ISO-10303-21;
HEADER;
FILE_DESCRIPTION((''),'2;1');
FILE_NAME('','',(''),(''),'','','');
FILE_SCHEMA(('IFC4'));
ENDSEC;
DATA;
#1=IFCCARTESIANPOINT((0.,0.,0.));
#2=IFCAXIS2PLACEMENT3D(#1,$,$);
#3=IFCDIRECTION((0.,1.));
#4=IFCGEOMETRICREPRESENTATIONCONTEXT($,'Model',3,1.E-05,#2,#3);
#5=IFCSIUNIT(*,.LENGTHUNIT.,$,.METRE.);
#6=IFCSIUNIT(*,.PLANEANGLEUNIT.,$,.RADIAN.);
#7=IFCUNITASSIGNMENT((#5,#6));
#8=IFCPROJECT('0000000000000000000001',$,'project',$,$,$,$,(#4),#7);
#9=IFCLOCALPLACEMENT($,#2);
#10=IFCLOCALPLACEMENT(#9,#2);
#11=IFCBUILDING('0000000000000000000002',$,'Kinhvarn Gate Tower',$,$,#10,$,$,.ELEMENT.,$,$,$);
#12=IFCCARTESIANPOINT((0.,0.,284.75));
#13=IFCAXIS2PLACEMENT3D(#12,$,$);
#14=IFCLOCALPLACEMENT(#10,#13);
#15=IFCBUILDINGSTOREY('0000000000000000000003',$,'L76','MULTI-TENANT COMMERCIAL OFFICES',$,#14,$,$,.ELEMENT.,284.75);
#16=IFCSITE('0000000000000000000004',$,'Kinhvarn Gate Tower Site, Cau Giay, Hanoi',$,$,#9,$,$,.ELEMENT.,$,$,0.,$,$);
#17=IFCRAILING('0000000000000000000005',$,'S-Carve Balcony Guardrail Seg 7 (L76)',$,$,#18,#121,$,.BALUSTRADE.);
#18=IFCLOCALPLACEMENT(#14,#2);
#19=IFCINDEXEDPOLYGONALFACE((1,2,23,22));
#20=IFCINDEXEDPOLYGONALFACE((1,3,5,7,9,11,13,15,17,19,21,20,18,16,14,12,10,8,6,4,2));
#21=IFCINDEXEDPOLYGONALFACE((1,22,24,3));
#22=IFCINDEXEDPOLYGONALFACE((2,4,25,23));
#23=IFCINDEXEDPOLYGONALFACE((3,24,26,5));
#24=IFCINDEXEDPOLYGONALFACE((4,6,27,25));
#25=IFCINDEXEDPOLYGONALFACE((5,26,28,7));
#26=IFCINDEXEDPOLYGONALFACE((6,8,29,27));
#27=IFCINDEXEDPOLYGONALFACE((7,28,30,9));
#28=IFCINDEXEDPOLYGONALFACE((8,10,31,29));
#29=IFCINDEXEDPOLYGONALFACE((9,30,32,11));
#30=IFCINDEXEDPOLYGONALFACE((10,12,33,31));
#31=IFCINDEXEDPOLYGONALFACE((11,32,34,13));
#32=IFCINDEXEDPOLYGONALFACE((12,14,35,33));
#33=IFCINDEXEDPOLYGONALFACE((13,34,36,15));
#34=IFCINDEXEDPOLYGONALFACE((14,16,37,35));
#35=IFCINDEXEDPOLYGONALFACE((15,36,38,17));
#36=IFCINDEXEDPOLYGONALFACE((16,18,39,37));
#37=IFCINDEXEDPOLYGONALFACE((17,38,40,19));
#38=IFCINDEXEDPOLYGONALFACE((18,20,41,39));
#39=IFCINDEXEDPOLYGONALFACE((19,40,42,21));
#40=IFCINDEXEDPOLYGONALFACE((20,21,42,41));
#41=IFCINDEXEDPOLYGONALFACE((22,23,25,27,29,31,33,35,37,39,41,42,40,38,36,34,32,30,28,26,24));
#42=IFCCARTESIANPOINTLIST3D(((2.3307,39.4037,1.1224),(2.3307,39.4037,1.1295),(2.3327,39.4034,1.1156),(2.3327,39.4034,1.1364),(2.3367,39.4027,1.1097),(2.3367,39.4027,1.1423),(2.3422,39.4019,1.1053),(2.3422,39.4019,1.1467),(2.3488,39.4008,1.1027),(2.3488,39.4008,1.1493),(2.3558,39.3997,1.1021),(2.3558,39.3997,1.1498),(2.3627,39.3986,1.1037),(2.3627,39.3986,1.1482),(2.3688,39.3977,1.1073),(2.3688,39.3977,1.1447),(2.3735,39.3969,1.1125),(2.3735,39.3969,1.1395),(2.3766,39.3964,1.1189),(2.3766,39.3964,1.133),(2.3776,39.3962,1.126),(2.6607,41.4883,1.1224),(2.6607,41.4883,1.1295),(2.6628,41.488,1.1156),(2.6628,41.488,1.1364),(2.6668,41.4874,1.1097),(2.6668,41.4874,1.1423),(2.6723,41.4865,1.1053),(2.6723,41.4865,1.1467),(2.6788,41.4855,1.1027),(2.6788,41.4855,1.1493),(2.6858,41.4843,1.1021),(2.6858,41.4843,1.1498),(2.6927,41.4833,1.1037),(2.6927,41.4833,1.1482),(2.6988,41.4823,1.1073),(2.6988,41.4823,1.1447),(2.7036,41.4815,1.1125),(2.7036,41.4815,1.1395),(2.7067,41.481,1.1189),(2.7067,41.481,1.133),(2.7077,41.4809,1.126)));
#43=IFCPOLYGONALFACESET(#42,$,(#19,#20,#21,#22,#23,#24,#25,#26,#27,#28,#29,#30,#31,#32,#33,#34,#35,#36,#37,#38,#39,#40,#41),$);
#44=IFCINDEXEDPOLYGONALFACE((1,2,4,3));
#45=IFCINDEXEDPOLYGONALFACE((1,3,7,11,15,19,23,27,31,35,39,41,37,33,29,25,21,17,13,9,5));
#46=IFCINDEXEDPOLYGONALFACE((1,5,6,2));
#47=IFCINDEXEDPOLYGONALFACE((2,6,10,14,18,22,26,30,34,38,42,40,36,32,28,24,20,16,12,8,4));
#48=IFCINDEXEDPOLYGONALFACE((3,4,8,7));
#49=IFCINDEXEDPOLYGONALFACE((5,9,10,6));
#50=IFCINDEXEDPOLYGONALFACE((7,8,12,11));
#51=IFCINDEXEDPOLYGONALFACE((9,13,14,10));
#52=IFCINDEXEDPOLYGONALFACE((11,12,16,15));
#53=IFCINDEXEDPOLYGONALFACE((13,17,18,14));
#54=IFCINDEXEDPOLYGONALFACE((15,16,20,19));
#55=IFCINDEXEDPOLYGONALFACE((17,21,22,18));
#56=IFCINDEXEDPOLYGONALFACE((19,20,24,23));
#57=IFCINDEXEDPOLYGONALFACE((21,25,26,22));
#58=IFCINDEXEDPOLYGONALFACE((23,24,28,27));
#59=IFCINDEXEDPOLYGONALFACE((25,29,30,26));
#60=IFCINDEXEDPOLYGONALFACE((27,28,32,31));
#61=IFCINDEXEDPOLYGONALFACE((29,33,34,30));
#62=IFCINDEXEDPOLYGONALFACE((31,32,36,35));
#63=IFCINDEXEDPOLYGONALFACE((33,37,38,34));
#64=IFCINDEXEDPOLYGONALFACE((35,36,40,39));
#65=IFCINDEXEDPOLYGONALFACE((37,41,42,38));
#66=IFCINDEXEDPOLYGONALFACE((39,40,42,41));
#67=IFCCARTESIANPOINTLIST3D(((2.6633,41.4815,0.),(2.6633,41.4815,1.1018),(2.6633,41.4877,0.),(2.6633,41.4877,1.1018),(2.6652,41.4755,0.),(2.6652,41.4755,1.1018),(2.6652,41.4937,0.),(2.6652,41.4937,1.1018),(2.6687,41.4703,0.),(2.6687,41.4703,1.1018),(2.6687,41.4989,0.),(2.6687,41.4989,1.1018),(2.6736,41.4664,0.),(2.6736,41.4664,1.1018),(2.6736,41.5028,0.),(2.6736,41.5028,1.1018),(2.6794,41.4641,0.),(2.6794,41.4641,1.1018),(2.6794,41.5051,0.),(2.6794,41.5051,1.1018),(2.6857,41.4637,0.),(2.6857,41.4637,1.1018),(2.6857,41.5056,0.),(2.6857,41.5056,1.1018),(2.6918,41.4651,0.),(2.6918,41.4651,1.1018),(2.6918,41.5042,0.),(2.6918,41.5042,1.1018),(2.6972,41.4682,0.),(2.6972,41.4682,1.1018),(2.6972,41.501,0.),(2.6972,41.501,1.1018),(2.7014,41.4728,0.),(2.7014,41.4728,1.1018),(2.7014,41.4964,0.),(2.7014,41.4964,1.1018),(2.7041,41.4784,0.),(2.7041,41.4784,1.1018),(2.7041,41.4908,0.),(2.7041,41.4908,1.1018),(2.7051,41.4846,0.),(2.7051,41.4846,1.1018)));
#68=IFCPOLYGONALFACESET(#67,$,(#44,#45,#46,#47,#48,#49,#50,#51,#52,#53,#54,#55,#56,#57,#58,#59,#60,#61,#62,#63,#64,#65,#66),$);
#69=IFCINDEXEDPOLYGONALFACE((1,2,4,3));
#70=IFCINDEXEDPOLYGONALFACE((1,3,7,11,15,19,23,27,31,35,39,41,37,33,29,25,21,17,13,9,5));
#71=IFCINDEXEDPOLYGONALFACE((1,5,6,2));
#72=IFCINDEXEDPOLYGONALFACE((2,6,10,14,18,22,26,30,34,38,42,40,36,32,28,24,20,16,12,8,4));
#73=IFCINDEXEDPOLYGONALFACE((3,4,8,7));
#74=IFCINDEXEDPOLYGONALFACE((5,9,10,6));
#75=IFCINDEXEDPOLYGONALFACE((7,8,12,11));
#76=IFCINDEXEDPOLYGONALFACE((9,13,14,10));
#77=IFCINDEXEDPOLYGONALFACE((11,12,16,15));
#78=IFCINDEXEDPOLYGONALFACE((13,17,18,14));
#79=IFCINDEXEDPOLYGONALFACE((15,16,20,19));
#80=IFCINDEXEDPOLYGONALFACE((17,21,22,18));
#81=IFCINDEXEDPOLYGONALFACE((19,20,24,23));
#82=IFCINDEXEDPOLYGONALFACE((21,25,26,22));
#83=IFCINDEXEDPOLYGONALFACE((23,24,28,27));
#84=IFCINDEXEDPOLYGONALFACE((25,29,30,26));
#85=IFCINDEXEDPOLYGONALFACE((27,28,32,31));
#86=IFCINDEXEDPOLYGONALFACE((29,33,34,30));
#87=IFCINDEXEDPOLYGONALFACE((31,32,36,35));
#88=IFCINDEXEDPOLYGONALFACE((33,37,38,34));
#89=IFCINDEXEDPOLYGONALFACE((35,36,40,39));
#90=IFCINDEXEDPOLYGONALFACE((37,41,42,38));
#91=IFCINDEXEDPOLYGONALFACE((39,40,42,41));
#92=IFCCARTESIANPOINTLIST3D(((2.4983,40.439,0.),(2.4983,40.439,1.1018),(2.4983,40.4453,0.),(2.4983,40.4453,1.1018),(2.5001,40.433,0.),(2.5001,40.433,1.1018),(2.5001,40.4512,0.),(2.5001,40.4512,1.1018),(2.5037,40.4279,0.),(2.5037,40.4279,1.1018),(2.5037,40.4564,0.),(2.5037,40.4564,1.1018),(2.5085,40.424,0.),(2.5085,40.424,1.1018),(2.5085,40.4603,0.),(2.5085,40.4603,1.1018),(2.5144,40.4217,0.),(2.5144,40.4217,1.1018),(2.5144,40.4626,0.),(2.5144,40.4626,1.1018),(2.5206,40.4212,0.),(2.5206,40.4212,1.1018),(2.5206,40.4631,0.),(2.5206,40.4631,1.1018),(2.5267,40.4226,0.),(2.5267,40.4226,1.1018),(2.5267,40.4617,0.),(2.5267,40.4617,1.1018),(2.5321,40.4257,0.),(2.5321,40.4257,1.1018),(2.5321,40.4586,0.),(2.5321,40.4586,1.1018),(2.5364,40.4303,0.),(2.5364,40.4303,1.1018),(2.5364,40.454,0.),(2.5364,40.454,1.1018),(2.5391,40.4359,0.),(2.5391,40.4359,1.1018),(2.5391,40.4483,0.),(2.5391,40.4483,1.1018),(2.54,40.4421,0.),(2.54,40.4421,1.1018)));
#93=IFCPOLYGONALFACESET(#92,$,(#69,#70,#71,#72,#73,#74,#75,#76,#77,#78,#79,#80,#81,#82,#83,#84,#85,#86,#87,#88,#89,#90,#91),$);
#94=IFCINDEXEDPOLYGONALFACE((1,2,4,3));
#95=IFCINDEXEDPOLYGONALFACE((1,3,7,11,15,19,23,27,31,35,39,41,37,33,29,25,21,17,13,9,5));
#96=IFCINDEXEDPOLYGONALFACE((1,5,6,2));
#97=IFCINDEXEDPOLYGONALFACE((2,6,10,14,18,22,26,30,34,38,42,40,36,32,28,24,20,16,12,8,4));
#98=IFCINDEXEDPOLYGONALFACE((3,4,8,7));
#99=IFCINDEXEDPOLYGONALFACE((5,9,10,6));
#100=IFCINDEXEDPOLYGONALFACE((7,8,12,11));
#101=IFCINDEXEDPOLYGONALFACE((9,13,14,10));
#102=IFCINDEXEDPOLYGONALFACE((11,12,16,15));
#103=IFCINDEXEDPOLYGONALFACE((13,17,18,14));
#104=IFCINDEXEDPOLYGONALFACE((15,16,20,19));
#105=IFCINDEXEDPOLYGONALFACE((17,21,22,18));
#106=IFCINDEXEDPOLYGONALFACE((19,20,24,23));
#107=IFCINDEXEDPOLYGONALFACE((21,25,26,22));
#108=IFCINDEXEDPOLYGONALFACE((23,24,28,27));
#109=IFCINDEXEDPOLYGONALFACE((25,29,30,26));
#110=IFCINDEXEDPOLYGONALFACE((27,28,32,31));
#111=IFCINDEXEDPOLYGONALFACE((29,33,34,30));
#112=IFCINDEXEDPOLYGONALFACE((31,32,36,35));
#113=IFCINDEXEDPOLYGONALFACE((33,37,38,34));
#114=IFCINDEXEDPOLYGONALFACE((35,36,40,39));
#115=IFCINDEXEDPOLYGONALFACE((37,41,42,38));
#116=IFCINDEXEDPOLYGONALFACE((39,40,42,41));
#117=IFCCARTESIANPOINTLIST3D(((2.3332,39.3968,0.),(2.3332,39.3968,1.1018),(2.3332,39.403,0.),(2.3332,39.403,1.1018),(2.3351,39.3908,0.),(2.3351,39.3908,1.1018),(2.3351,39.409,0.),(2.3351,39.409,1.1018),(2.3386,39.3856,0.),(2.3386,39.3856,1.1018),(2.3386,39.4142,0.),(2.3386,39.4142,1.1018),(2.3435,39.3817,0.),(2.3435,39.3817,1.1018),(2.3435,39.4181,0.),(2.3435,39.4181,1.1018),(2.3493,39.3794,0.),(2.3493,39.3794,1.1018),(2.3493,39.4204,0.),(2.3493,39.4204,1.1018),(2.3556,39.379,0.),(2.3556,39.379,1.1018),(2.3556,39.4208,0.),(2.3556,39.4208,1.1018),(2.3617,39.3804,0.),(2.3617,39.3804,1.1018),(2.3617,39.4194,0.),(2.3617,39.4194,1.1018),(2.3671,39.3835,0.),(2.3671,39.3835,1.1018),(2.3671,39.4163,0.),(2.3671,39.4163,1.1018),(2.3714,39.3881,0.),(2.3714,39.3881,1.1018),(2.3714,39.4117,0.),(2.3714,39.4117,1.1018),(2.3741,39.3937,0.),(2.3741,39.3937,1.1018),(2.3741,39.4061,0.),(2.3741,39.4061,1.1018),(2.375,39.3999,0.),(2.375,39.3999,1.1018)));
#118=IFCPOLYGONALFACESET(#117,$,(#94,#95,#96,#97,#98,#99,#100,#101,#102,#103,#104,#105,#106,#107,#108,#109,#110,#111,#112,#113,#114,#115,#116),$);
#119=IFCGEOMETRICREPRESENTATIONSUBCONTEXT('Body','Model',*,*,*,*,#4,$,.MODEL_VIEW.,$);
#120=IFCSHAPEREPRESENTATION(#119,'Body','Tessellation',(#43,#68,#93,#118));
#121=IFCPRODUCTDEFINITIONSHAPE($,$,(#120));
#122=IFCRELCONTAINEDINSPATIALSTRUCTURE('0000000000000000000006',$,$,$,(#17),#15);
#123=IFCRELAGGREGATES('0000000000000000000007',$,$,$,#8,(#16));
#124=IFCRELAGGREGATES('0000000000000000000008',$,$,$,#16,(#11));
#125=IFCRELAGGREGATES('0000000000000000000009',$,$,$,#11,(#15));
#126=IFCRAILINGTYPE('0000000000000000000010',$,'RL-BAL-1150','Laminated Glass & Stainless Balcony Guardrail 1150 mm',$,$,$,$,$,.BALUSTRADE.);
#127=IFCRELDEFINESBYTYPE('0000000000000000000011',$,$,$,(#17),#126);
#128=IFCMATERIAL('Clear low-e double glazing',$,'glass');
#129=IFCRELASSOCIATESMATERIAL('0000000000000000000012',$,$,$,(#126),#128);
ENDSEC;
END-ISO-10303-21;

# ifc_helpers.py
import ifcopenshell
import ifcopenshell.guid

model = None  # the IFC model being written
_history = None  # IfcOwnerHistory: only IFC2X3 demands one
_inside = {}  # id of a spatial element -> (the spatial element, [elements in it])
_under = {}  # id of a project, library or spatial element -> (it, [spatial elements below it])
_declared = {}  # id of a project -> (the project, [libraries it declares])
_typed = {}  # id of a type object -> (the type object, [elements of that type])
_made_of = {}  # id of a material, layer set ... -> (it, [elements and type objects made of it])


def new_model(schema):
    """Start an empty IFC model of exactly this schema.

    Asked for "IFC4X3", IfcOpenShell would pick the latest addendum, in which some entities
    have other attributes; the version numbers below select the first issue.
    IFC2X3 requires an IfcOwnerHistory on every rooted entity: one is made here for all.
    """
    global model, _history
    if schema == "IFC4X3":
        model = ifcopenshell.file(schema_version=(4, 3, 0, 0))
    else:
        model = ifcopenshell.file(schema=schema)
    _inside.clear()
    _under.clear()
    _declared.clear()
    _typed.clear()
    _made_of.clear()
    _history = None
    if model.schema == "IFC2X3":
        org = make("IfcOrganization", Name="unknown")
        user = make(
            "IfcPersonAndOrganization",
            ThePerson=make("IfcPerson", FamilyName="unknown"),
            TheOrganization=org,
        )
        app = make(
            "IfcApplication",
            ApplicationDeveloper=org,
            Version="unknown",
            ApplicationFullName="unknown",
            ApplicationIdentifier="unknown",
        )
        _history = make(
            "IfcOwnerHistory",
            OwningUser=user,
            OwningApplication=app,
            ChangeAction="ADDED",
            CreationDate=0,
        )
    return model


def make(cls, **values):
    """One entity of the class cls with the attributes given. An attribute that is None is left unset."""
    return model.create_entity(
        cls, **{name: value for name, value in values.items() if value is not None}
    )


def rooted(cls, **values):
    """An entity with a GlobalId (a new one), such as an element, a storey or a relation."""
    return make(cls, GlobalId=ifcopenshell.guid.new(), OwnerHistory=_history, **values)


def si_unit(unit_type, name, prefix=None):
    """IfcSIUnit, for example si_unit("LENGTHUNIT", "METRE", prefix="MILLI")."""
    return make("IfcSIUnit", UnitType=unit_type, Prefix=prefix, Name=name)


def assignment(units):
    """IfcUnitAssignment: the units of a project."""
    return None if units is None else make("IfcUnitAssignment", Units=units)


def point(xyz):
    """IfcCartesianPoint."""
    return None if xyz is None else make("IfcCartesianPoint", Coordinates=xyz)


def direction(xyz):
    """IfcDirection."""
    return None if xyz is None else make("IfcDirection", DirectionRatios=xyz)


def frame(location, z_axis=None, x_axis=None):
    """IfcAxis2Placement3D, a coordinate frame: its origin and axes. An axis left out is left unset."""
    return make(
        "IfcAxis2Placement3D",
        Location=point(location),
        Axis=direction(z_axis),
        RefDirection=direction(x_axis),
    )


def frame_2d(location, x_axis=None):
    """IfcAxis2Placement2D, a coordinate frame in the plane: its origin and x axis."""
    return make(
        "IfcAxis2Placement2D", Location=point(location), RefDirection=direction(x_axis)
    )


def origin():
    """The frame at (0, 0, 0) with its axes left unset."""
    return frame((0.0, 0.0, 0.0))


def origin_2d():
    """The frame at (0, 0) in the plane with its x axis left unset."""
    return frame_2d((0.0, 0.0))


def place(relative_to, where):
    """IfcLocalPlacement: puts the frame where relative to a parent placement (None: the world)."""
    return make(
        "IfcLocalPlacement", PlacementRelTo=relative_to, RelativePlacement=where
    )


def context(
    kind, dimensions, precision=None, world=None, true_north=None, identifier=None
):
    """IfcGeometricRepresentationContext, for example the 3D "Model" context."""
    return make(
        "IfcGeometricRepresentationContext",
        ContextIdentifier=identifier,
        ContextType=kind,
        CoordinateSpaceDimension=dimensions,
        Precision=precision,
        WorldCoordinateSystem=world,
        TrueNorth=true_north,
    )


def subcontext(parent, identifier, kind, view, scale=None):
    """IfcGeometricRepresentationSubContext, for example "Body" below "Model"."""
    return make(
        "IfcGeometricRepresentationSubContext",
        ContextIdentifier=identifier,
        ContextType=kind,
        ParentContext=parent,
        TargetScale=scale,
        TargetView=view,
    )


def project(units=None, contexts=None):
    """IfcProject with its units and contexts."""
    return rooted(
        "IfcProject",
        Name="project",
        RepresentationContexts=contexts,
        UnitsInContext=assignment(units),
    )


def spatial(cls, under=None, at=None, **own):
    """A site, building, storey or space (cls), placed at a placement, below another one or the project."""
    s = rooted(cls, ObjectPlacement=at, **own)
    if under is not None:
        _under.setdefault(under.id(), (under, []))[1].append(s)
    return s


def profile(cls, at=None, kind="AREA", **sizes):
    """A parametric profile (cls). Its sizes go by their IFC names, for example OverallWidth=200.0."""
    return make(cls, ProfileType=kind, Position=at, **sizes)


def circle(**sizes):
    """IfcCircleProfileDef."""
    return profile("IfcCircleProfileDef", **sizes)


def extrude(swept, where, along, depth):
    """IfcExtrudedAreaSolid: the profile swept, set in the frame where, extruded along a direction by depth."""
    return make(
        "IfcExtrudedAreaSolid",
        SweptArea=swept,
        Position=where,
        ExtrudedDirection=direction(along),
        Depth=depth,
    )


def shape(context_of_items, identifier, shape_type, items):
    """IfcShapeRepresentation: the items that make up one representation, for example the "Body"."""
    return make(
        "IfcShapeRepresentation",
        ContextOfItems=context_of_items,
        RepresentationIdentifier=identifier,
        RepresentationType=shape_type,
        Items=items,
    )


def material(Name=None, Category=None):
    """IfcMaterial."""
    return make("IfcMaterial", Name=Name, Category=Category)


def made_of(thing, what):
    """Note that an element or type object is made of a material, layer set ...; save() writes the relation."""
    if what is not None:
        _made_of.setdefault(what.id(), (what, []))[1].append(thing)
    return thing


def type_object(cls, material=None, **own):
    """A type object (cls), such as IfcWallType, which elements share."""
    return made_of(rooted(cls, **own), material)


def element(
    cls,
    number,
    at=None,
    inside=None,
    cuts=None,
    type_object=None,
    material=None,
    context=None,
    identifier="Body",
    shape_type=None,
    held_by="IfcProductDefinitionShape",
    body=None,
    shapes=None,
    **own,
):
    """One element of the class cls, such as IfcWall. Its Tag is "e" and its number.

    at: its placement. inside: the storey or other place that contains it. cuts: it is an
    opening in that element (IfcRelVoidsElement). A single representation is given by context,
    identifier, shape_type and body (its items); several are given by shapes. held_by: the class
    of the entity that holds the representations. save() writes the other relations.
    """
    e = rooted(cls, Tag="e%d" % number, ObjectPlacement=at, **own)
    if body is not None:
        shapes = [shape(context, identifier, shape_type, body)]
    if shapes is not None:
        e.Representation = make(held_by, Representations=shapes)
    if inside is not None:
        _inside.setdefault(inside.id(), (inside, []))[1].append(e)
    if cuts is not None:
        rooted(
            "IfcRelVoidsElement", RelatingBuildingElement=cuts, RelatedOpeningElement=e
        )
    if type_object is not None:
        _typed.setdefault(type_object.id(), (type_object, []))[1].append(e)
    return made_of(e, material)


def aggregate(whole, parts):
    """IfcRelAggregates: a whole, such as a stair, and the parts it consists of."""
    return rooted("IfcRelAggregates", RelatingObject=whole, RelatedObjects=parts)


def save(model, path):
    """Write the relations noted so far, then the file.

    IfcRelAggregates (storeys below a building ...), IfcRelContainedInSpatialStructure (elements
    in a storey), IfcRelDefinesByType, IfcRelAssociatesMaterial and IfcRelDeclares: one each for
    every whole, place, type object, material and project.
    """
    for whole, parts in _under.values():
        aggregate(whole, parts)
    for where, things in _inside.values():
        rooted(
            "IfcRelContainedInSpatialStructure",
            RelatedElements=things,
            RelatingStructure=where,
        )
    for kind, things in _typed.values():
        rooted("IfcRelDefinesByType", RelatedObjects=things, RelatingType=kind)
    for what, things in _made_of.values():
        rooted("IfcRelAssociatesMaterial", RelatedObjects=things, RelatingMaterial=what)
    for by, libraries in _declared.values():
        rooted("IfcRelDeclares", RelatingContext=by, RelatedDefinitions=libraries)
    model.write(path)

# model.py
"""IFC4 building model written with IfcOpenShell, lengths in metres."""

from ifc_helpers import new_model, si_unit, direction, frame, origin, origin_2d, place, context, subcontext, project, spatial, circle, extrude, material, type_object, element, save


model = new_model("IFC4")

# Units and contexts
model_context = context("Model", 3, precision=1e-05, world=origin(), true_north=direction((0.0, 1.0)))
body_context = subcontext(model_context, "Body", "Model", "MODEL_VIEW")
ifc_project = project(units=[si_unit("LENGTHUNIT", "METRE"), si_unit("PLANEANGLEUNIT", "RADIAN")], contexts=[model_context])

# Site, building, storey
site_placement = place(None, origin())
site = spatial("IfcSite", under=ifc_project, at=site_placement, Name="Kinhvarn Gate Tower Site, Cau Giay, Hanoi", CompositionType="ELEMENT", RefElevation=0.0)
building_placement = place(site_placement, origin())
building = spatial("IfcBuilding", under=site, at=building_placement, Name="Kinhvarn Gate Tower", CompositionType="ELEMENT")
storey_placement = place(building_placement, frame((0.0, 0.0, 284.75)))
storey = spatial("IfcBuildingStorey", under=building, at=storey_placement, Name="L76", Description="MULTI-TENANT COMMERCIAL OFFICES", CompositionType="ELEMENT", Elevation=284.75)

# Shared definitions
ifc_material_1 = material(Name="Clear low-e double glazing", Category="glass")

# Railing
railing_type = type_object("IfcRailingType", Name="RL-BAL-1150", Description="Laminated Glass & Stainless Balcony Guardrail 1150 mm", PredefinedType="BALUSTRADE", material=ifc_material_1)
railing_1_placement = place(storey_placement, frame((2.6841, 41.4846, 0.0)))
element("IfcRailing", 1, at=railing_1_placement, inside=storey, type_object=railing_type, Name="S-Carve Balcony Guardrail Seg 7 (L76)", PredefinedType="BALUSTRADE", context=body_context, shape_type="SweptSolid", body=[
    extrude(circle(Radius=0.0239, at=origin_2d()), frame((0.0, 0.0, 1.126), z_axis=(-0.156384, -0.987696, 0.0), x_axis=(0.987696, -0.156384, 0.0)), (0.0, 0.0, 1.0), 2.1106),
    extrude(circle(Radius=0.021, at=origin_2d()), origin(), (0.0, 0.0, 1.0), 1.1018),
    extrude(circle(Radius=0.021, at=origin_2d()), frame((-0.165, -1.0425, 0.0)), (0.0, 0.0, 1.0), 1.1018),
    extrude(circle(Radius=0.021, at=origin_2d()), frame((-0.3301, -2.0847, 0.0)), (0.0, 0.0, 1.0), 1.1018),
])

save(model, "model.ifc")
